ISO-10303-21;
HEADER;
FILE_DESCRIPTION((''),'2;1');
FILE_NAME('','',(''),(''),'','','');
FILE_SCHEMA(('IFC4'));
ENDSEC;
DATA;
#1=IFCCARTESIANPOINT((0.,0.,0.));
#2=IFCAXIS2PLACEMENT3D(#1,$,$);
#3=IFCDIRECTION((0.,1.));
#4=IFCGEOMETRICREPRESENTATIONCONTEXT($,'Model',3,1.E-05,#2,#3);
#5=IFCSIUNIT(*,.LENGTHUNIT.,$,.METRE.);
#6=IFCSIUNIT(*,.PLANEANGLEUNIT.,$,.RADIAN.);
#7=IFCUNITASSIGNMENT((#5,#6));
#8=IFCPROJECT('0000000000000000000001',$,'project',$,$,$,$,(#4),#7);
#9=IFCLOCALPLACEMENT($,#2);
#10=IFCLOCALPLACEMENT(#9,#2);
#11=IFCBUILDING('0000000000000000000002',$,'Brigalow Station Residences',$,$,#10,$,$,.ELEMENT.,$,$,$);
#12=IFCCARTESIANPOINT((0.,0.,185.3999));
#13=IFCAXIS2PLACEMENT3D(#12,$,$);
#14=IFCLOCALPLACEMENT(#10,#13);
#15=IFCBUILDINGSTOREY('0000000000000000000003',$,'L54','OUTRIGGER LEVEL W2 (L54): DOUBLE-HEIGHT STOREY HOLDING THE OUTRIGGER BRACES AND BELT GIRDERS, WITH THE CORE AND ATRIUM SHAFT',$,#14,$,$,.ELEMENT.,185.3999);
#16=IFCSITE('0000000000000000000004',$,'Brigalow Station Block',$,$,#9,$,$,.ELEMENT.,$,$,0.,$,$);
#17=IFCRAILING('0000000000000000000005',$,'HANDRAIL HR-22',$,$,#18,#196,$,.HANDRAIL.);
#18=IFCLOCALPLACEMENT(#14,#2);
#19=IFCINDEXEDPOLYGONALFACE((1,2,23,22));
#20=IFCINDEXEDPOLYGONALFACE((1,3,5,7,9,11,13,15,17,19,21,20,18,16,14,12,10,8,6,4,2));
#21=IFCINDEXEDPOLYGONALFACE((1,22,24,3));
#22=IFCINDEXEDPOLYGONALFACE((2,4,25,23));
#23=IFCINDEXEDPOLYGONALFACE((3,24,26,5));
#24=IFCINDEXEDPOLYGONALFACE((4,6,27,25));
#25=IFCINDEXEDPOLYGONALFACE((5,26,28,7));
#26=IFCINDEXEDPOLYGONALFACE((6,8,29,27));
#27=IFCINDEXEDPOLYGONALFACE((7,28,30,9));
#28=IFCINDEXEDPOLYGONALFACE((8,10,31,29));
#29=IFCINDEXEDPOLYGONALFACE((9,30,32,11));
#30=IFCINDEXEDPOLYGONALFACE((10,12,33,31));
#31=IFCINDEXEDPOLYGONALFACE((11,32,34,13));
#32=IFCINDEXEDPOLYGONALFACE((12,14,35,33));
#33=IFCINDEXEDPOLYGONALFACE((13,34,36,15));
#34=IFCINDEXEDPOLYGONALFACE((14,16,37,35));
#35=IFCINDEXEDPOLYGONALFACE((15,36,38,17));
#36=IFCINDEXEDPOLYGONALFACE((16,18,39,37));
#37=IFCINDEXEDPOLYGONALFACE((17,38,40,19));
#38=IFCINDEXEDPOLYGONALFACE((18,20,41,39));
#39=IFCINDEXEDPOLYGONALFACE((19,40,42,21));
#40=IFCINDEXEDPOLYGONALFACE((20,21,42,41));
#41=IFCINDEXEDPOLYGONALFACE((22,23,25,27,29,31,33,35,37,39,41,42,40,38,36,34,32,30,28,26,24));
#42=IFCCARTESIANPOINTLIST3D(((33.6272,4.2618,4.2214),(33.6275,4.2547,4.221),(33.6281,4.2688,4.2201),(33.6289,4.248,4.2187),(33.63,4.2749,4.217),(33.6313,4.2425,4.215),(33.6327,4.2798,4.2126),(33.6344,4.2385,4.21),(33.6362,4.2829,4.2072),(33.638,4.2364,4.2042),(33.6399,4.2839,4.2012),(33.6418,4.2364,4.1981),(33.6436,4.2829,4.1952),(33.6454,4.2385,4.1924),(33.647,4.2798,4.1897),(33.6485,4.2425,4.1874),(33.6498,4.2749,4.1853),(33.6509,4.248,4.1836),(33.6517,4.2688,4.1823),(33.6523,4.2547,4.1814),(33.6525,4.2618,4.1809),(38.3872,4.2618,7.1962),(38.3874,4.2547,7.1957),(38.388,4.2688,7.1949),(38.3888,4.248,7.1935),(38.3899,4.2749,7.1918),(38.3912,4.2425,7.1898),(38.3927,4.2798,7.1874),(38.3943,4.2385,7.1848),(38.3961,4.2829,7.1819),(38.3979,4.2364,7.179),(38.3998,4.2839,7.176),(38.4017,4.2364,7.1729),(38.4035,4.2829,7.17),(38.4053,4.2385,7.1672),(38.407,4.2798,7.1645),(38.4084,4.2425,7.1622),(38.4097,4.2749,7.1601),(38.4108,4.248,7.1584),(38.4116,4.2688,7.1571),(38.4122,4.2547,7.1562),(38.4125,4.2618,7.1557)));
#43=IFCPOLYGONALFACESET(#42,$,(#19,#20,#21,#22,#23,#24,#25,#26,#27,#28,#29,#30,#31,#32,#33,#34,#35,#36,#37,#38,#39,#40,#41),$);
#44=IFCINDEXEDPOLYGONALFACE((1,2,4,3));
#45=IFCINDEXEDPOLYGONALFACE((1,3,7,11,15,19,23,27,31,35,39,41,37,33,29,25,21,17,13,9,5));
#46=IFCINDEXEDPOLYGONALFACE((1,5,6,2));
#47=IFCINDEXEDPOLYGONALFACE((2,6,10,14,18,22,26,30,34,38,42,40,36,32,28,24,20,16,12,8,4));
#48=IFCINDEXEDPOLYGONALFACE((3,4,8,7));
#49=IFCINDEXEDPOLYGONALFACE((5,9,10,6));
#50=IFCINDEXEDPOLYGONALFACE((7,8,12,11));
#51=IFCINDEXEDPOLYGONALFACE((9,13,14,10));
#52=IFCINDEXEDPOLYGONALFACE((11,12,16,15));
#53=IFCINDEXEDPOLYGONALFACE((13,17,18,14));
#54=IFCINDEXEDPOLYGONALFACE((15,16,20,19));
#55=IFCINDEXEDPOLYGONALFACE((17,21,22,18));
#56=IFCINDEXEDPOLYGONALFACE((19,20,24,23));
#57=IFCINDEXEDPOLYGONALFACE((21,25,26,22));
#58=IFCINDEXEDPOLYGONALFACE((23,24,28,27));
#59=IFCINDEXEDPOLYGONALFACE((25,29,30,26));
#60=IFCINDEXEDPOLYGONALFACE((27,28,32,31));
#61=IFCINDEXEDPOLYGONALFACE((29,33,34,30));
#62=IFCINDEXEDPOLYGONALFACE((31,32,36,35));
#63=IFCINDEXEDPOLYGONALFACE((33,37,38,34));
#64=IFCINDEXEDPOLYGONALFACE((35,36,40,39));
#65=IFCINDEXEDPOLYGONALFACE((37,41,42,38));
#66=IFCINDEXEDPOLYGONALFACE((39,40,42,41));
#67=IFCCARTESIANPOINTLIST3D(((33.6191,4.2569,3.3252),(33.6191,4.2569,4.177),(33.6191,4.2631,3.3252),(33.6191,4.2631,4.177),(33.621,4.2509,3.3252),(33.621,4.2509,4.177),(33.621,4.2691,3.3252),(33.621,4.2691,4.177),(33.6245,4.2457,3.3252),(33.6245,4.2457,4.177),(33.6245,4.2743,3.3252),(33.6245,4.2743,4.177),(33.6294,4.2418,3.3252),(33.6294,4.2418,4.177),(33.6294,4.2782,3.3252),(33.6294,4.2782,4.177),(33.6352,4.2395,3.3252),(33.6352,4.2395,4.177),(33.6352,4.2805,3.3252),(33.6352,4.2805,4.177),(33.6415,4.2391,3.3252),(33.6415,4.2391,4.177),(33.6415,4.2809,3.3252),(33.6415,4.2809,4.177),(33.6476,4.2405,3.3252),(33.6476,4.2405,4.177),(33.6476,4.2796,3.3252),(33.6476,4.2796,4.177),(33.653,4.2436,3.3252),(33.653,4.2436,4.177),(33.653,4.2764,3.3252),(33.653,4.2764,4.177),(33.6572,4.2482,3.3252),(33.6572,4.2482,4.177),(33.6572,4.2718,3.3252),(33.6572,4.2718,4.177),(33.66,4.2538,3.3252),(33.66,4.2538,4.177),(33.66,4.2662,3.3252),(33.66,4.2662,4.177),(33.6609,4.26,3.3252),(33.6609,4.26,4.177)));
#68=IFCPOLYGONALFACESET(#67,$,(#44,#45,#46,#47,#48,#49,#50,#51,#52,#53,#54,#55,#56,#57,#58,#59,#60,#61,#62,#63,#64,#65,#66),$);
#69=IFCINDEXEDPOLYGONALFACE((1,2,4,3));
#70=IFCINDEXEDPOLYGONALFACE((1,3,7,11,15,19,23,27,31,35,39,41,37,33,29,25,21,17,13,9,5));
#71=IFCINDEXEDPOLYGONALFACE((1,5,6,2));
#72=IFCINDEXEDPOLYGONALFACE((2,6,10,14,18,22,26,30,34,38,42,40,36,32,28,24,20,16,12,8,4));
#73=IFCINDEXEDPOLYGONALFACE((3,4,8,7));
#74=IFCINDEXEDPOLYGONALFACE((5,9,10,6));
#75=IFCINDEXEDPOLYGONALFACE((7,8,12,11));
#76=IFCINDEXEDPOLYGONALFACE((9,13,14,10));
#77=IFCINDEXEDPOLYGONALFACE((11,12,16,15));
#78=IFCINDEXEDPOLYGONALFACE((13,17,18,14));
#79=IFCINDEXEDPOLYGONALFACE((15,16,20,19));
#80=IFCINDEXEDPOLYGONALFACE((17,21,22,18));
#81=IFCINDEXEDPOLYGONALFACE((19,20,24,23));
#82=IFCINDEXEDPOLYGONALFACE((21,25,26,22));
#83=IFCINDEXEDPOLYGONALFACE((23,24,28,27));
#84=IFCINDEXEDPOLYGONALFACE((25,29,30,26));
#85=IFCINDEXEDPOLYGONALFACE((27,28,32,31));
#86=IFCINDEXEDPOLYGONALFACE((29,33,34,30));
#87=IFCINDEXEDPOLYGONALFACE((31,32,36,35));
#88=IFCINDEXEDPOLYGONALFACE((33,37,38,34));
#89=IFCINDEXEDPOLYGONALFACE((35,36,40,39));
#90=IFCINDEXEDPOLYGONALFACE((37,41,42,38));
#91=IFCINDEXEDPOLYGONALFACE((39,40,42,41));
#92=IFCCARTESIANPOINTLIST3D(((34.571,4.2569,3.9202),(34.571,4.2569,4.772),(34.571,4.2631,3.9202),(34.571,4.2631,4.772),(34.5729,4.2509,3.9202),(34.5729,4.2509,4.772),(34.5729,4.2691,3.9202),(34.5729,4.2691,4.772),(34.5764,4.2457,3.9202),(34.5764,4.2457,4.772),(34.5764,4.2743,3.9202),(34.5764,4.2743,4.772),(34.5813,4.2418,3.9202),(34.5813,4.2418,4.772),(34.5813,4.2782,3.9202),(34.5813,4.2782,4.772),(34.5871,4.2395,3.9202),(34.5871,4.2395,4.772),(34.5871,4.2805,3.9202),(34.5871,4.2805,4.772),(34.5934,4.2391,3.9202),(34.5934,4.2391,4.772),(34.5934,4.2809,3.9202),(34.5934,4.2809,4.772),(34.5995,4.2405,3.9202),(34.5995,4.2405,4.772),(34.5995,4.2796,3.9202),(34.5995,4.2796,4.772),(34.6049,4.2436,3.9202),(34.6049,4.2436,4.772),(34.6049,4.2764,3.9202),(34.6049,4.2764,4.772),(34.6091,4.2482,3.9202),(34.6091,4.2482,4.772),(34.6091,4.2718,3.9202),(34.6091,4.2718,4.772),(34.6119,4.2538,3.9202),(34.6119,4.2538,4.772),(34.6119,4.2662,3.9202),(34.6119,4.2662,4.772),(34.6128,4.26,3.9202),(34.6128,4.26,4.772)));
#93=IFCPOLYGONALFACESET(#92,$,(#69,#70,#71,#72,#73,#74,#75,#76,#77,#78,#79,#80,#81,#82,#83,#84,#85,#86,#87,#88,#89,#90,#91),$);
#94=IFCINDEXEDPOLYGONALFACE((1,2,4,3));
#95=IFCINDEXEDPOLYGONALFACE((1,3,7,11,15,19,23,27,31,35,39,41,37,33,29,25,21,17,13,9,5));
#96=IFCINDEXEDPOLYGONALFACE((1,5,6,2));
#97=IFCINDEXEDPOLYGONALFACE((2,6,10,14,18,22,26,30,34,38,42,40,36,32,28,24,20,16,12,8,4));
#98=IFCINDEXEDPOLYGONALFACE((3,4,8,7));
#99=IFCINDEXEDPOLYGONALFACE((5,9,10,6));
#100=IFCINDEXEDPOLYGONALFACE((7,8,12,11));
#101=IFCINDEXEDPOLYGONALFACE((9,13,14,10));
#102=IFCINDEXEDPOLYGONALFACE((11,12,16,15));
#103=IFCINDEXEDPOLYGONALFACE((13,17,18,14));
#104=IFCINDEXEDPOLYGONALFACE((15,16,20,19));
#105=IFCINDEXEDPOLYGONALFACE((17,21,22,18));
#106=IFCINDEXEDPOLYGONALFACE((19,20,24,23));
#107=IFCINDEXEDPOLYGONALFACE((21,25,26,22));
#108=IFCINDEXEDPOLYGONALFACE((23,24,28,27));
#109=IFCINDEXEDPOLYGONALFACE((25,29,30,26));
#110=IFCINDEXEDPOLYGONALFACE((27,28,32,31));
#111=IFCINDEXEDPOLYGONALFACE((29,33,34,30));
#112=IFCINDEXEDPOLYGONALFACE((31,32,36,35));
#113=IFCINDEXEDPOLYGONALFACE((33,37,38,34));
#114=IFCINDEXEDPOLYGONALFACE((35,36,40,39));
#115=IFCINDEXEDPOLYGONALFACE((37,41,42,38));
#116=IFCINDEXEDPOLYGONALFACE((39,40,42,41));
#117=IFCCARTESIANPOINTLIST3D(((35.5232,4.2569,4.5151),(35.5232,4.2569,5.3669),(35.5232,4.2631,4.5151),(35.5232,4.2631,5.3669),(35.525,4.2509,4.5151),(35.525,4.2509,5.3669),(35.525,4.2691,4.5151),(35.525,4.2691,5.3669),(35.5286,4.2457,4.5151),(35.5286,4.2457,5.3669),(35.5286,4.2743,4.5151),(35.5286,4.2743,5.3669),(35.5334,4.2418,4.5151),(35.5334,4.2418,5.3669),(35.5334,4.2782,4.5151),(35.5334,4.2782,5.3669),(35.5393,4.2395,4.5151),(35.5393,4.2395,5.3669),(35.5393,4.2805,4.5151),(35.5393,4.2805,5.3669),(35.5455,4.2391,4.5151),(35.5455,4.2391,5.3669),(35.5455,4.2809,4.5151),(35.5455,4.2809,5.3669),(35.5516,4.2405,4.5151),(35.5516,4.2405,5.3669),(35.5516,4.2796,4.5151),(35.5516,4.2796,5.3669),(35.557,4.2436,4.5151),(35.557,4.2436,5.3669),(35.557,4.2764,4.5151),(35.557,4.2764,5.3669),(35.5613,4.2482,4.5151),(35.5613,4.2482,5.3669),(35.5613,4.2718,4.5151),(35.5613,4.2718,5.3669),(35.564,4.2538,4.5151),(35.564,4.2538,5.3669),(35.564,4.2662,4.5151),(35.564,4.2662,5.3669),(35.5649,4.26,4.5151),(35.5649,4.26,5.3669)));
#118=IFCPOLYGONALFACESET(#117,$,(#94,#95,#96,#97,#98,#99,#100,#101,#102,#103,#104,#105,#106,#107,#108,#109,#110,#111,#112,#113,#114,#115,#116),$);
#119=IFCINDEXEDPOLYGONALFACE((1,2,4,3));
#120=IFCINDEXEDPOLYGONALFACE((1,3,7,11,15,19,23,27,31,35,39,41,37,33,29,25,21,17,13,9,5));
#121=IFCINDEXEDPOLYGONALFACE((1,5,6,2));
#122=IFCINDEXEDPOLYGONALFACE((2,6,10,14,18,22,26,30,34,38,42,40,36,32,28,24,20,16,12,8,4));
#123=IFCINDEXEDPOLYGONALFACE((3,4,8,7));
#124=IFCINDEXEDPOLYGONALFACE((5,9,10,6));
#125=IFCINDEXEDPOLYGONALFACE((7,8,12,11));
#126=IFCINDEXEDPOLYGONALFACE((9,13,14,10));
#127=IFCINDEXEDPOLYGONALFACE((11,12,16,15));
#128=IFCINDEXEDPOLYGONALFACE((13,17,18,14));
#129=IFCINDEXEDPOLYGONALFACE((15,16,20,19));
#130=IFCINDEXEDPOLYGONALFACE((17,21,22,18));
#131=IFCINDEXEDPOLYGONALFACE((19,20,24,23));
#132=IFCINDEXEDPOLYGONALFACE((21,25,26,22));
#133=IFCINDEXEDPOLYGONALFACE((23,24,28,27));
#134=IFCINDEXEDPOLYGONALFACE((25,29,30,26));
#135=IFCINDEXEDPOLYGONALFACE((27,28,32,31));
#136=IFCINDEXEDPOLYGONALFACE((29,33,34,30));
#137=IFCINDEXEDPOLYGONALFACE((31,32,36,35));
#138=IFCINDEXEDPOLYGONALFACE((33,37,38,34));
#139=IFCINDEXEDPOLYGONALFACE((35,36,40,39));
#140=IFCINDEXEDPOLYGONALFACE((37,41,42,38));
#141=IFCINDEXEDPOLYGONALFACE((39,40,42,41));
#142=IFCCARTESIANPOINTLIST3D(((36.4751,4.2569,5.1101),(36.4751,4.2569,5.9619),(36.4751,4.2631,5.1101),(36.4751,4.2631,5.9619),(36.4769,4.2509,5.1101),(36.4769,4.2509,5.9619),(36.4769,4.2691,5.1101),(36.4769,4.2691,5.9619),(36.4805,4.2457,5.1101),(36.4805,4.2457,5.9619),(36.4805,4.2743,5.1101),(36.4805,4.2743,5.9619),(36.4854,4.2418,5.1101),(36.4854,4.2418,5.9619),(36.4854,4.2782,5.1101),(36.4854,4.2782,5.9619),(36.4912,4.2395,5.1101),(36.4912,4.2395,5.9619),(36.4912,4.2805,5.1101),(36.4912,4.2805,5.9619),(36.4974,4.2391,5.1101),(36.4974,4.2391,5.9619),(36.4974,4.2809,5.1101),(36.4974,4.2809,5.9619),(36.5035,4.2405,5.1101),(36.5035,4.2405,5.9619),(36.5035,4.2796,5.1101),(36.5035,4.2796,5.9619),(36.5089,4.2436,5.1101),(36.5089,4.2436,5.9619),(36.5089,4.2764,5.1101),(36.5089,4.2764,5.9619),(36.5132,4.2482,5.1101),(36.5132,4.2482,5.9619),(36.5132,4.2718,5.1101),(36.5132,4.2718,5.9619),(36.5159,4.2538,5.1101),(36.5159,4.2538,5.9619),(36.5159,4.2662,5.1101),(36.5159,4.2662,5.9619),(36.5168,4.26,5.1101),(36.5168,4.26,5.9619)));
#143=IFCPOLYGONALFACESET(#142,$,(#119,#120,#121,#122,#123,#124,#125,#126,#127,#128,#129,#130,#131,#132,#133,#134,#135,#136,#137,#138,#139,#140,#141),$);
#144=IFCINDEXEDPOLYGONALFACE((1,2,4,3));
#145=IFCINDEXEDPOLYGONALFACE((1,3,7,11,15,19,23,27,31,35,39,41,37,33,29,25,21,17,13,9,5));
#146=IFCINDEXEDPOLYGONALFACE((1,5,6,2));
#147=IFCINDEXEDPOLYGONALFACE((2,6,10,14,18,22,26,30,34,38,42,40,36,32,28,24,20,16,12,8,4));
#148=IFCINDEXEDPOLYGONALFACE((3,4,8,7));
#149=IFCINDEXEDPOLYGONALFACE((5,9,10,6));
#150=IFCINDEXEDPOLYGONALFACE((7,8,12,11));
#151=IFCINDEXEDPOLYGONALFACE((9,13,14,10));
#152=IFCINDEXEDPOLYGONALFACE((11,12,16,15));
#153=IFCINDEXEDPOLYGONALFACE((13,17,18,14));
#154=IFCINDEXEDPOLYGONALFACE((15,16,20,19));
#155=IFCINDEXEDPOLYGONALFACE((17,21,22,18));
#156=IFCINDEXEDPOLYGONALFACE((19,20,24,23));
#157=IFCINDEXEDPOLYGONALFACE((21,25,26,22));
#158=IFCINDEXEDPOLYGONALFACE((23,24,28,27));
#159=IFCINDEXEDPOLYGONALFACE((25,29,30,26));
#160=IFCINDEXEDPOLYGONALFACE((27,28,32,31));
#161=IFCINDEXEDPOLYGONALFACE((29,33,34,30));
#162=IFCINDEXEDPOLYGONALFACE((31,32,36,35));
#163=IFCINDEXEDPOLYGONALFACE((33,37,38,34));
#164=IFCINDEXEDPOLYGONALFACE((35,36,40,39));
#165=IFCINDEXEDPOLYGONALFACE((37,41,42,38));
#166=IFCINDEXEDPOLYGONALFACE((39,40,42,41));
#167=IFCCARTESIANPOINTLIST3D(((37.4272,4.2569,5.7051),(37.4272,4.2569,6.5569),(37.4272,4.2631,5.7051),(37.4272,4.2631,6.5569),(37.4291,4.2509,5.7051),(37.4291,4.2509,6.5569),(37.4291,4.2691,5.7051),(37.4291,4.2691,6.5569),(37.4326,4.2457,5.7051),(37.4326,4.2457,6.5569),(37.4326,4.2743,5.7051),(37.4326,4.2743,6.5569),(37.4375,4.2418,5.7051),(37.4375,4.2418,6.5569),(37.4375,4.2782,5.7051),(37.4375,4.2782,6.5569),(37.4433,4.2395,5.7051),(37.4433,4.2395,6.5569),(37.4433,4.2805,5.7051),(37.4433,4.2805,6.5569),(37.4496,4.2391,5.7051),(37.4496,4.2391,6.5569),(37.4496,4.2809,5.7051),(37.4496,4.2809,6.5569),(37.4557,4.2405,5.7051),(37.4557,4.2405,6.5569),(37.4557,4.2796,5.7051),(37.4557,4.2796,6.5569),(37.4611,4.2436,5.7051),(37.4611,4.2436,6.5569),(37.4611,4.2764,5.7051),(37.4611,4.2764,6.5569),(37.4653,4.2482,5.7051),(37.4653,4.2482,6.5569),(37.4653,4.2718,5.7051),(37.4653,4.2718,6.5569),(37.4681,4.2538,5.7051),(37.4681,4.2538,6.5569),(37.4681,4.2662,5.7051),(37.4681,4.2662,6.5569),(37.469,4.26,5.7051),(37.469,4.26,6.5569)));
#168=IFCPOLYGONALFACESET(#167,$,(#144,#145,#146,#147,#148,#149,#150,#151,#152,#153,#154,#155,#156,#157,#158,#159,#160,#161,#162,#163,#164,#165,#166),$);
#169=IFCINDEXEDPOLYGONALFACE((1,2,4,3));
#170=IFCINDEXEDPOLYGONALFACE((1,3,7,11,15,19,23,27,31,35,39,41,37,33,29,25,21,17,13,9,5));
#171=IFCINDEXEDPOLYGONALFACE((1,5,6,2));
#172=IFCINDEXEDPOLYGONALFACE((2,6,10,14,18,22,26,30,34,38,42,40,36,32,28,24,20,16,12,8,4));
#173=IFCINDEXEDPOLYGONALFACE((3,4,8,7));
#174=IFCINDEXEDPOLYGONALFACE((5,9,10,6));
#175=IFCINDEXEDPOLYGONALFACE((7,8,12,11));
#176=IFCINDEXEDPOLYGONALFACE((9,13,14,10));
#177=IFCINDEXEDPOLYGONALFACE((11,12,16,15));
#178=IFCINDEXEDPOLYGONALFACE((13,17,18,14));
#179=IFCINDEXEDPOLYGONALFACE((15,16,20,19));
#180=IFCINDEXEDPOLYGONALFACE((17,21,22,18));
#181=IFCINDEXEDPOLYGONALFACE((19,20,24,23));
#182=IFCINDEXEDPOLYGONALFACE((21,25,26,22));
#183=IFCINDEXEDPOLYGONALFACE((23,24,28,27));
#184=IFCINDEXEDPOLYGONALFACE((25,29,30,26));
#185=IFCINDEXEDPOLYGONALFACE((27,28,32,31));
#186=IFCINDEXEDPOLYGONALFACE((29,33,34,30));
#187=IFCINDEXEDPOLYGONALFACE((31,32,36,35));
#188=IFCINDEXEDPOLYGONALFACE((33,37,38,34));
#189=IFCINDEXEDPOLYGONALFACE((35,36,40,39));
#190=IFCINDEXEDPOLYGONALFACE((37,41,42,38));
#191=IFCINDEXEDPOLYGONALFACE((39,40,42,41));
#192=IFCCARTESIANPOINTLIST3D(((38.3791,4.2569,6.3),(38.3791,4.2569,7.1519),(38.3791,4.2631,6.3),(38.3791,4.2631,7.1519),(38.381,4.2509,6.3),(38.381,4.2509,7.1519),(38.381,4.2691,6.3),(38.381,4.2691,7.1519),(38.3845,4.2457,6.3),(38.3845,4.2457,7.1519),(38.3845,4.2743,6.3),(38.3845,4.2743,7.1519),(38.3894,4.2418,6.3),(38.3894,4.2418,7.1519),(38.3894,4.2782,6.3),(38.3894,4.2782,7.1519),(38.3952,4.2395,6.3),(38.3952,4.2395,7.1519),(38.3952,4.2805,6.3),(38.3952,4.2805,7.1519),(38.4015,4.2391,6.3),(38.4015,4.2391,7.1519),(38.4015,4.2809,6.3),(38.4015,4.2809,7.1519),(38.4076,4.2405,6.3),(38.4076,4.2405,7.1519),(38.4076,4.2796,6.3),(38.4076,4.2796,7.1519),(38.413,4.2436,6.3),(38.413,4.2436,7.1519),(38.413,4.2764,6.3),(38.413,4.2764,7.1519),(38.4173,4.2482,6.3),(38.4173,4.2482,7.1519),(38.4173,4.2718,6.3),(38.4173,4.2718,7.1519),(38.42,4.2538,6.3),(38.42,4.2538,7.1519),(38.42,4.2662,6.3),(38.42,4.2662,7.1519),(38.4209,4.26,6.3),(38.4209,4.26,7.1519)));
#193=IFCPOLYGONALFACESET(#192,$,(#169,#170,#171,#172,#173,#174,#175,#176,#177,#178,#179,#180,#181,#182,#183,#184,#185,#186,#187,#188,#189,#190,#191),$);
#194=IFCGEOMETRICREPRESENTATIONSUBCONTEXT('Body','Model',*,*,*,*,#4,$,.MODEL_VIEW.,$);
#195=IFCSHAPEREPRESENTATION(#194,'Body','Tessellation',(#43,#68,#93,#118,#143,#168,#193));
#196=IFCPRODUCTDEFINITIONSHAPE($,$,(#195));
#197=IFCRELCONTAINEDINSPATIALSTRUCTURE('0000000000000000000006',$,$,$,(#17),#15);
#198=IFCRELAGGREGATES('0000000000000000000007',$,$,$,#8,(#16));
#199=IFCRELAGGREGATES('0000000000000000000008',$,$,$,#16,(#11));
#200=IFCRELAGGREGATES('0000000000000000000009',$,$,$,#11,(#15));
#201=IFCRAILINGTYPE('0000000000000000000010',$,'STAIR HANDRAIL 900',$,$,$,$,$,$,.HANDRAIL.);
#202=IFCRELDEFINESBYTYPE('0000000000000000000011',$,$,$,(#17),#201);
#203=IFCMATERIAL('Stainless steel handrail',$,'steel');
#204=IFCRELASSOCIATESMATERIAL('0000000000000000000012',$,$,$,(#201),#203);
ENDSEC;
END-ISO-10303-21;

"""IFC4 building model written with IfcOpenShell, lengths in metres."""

from ifc_helpers import new_model, si_unit, direction, frame, origin, origin_2d, place, context, subcontext, project, spatial, circle, extrude, material, type_object, element, save


model = new_model("IFC4")

# Units and contexts
model_context = context("Model", 3, precision=1e-05, world=origin(), true_north=direction((0.0, 1.0)))
body_context = subcontext(model_context, "Body", "Model", "MODEL_VIEW")
ifc_project = project(units=[si_unit("LENGTHUNIT", "METRE"), si_unit("PLANEANGLEUNIT", "RADIAN")], contexts=[model_context])

# Site, building, storey
site_placement = place(None, origin())
site = spatial("IfcSite", under=ifc_project, at=site_placement, Name="Brigalow Station Block", CompositionType="ELEMENT", RefElevation=0.0)
building_placement = place(site_placement, origin())
building = spatial("IfcBuilding", under=site, at=building_placement, Name="Brigalow Station Residences", CompositionType="ELEMENT")
storey_placement = place(building_placement, frame((0.0, 0.0, 185.3999)))
storey = spatial("IfcBuildingStorey", under=building, at=storey_placement, Name="L54", Description="OUTRIGGER LEVEL W2 (L54): DOUBLE-HEIGHT STOREY HOLDING THE OUTRIGGER BRACES AND BELT GIRDERS, WITH THE CORE AND ATRIUM SHAFT", CompositionType="ELEMENT", Elevation=185.3999)

# Railing
ifc_material_1 = material(Name="Stainless steel handrail", Category="steel")
railing_type = type_object("IfcRailingType", Name="STAIR HANDRAIL 900", PredefinedType="HANDRAIL", material=ifc_material_1)
railing_placement = place(storey_placement, frame((33.6399, 4.26, 3.3252)))
element("IfcRailing", 1, at=railing_placement, inside=storey, type_object=railing_type, Name="HANDRAIL HR-22", PredefinedType="HANDRAIL", context=body_context, shape_type="SweptSolid", body=[
    extrude(circle(Radius=0.0239, at=origin_2d()), frame((0.0, 0.0, 0.876), z_axis=(0.848011, 0.0, 0.529979), x_axis=(0.0, 1.0, 0.0)), (0.0, 0.0, 1.0), 5.613),
    extrude(circle(Radius=0.021, at=origin_2d()), origin(), (0.0, 0.0, 1.0), 0.8518),
    extrude(circle(Radius=0.021, at=origin_2d()), frame((0.9519, 0.0, 0.595)), (0.0, 0.0, 1.0), 0.8518),
    extrude(circle(Radius=0.021, at=origin_2d()), frame((1.9041, 0.0, 1.1899)), (0.0, 0.0, 1.0), 0.8518),
    extrude(circle(Radius=0.021, at=origin_2d()), frame((2.856, 0.0, 1.7849)), (0.0, 0.0, 1.0), 0.8518),
    extrude(circle(Radius=0.021, at=origin_2d()), frame((3.8081, 0.0, 2.3799)), (0.0, 0.0, 1.0), 0.8518),
    extrude(circle(Radius=0.021, at=origin_2d()), frame((4.76, 0.0, 2.9749)), (0.0, 0.0, 1.0), 0.8518),
])

save(model, "model.ifc")
